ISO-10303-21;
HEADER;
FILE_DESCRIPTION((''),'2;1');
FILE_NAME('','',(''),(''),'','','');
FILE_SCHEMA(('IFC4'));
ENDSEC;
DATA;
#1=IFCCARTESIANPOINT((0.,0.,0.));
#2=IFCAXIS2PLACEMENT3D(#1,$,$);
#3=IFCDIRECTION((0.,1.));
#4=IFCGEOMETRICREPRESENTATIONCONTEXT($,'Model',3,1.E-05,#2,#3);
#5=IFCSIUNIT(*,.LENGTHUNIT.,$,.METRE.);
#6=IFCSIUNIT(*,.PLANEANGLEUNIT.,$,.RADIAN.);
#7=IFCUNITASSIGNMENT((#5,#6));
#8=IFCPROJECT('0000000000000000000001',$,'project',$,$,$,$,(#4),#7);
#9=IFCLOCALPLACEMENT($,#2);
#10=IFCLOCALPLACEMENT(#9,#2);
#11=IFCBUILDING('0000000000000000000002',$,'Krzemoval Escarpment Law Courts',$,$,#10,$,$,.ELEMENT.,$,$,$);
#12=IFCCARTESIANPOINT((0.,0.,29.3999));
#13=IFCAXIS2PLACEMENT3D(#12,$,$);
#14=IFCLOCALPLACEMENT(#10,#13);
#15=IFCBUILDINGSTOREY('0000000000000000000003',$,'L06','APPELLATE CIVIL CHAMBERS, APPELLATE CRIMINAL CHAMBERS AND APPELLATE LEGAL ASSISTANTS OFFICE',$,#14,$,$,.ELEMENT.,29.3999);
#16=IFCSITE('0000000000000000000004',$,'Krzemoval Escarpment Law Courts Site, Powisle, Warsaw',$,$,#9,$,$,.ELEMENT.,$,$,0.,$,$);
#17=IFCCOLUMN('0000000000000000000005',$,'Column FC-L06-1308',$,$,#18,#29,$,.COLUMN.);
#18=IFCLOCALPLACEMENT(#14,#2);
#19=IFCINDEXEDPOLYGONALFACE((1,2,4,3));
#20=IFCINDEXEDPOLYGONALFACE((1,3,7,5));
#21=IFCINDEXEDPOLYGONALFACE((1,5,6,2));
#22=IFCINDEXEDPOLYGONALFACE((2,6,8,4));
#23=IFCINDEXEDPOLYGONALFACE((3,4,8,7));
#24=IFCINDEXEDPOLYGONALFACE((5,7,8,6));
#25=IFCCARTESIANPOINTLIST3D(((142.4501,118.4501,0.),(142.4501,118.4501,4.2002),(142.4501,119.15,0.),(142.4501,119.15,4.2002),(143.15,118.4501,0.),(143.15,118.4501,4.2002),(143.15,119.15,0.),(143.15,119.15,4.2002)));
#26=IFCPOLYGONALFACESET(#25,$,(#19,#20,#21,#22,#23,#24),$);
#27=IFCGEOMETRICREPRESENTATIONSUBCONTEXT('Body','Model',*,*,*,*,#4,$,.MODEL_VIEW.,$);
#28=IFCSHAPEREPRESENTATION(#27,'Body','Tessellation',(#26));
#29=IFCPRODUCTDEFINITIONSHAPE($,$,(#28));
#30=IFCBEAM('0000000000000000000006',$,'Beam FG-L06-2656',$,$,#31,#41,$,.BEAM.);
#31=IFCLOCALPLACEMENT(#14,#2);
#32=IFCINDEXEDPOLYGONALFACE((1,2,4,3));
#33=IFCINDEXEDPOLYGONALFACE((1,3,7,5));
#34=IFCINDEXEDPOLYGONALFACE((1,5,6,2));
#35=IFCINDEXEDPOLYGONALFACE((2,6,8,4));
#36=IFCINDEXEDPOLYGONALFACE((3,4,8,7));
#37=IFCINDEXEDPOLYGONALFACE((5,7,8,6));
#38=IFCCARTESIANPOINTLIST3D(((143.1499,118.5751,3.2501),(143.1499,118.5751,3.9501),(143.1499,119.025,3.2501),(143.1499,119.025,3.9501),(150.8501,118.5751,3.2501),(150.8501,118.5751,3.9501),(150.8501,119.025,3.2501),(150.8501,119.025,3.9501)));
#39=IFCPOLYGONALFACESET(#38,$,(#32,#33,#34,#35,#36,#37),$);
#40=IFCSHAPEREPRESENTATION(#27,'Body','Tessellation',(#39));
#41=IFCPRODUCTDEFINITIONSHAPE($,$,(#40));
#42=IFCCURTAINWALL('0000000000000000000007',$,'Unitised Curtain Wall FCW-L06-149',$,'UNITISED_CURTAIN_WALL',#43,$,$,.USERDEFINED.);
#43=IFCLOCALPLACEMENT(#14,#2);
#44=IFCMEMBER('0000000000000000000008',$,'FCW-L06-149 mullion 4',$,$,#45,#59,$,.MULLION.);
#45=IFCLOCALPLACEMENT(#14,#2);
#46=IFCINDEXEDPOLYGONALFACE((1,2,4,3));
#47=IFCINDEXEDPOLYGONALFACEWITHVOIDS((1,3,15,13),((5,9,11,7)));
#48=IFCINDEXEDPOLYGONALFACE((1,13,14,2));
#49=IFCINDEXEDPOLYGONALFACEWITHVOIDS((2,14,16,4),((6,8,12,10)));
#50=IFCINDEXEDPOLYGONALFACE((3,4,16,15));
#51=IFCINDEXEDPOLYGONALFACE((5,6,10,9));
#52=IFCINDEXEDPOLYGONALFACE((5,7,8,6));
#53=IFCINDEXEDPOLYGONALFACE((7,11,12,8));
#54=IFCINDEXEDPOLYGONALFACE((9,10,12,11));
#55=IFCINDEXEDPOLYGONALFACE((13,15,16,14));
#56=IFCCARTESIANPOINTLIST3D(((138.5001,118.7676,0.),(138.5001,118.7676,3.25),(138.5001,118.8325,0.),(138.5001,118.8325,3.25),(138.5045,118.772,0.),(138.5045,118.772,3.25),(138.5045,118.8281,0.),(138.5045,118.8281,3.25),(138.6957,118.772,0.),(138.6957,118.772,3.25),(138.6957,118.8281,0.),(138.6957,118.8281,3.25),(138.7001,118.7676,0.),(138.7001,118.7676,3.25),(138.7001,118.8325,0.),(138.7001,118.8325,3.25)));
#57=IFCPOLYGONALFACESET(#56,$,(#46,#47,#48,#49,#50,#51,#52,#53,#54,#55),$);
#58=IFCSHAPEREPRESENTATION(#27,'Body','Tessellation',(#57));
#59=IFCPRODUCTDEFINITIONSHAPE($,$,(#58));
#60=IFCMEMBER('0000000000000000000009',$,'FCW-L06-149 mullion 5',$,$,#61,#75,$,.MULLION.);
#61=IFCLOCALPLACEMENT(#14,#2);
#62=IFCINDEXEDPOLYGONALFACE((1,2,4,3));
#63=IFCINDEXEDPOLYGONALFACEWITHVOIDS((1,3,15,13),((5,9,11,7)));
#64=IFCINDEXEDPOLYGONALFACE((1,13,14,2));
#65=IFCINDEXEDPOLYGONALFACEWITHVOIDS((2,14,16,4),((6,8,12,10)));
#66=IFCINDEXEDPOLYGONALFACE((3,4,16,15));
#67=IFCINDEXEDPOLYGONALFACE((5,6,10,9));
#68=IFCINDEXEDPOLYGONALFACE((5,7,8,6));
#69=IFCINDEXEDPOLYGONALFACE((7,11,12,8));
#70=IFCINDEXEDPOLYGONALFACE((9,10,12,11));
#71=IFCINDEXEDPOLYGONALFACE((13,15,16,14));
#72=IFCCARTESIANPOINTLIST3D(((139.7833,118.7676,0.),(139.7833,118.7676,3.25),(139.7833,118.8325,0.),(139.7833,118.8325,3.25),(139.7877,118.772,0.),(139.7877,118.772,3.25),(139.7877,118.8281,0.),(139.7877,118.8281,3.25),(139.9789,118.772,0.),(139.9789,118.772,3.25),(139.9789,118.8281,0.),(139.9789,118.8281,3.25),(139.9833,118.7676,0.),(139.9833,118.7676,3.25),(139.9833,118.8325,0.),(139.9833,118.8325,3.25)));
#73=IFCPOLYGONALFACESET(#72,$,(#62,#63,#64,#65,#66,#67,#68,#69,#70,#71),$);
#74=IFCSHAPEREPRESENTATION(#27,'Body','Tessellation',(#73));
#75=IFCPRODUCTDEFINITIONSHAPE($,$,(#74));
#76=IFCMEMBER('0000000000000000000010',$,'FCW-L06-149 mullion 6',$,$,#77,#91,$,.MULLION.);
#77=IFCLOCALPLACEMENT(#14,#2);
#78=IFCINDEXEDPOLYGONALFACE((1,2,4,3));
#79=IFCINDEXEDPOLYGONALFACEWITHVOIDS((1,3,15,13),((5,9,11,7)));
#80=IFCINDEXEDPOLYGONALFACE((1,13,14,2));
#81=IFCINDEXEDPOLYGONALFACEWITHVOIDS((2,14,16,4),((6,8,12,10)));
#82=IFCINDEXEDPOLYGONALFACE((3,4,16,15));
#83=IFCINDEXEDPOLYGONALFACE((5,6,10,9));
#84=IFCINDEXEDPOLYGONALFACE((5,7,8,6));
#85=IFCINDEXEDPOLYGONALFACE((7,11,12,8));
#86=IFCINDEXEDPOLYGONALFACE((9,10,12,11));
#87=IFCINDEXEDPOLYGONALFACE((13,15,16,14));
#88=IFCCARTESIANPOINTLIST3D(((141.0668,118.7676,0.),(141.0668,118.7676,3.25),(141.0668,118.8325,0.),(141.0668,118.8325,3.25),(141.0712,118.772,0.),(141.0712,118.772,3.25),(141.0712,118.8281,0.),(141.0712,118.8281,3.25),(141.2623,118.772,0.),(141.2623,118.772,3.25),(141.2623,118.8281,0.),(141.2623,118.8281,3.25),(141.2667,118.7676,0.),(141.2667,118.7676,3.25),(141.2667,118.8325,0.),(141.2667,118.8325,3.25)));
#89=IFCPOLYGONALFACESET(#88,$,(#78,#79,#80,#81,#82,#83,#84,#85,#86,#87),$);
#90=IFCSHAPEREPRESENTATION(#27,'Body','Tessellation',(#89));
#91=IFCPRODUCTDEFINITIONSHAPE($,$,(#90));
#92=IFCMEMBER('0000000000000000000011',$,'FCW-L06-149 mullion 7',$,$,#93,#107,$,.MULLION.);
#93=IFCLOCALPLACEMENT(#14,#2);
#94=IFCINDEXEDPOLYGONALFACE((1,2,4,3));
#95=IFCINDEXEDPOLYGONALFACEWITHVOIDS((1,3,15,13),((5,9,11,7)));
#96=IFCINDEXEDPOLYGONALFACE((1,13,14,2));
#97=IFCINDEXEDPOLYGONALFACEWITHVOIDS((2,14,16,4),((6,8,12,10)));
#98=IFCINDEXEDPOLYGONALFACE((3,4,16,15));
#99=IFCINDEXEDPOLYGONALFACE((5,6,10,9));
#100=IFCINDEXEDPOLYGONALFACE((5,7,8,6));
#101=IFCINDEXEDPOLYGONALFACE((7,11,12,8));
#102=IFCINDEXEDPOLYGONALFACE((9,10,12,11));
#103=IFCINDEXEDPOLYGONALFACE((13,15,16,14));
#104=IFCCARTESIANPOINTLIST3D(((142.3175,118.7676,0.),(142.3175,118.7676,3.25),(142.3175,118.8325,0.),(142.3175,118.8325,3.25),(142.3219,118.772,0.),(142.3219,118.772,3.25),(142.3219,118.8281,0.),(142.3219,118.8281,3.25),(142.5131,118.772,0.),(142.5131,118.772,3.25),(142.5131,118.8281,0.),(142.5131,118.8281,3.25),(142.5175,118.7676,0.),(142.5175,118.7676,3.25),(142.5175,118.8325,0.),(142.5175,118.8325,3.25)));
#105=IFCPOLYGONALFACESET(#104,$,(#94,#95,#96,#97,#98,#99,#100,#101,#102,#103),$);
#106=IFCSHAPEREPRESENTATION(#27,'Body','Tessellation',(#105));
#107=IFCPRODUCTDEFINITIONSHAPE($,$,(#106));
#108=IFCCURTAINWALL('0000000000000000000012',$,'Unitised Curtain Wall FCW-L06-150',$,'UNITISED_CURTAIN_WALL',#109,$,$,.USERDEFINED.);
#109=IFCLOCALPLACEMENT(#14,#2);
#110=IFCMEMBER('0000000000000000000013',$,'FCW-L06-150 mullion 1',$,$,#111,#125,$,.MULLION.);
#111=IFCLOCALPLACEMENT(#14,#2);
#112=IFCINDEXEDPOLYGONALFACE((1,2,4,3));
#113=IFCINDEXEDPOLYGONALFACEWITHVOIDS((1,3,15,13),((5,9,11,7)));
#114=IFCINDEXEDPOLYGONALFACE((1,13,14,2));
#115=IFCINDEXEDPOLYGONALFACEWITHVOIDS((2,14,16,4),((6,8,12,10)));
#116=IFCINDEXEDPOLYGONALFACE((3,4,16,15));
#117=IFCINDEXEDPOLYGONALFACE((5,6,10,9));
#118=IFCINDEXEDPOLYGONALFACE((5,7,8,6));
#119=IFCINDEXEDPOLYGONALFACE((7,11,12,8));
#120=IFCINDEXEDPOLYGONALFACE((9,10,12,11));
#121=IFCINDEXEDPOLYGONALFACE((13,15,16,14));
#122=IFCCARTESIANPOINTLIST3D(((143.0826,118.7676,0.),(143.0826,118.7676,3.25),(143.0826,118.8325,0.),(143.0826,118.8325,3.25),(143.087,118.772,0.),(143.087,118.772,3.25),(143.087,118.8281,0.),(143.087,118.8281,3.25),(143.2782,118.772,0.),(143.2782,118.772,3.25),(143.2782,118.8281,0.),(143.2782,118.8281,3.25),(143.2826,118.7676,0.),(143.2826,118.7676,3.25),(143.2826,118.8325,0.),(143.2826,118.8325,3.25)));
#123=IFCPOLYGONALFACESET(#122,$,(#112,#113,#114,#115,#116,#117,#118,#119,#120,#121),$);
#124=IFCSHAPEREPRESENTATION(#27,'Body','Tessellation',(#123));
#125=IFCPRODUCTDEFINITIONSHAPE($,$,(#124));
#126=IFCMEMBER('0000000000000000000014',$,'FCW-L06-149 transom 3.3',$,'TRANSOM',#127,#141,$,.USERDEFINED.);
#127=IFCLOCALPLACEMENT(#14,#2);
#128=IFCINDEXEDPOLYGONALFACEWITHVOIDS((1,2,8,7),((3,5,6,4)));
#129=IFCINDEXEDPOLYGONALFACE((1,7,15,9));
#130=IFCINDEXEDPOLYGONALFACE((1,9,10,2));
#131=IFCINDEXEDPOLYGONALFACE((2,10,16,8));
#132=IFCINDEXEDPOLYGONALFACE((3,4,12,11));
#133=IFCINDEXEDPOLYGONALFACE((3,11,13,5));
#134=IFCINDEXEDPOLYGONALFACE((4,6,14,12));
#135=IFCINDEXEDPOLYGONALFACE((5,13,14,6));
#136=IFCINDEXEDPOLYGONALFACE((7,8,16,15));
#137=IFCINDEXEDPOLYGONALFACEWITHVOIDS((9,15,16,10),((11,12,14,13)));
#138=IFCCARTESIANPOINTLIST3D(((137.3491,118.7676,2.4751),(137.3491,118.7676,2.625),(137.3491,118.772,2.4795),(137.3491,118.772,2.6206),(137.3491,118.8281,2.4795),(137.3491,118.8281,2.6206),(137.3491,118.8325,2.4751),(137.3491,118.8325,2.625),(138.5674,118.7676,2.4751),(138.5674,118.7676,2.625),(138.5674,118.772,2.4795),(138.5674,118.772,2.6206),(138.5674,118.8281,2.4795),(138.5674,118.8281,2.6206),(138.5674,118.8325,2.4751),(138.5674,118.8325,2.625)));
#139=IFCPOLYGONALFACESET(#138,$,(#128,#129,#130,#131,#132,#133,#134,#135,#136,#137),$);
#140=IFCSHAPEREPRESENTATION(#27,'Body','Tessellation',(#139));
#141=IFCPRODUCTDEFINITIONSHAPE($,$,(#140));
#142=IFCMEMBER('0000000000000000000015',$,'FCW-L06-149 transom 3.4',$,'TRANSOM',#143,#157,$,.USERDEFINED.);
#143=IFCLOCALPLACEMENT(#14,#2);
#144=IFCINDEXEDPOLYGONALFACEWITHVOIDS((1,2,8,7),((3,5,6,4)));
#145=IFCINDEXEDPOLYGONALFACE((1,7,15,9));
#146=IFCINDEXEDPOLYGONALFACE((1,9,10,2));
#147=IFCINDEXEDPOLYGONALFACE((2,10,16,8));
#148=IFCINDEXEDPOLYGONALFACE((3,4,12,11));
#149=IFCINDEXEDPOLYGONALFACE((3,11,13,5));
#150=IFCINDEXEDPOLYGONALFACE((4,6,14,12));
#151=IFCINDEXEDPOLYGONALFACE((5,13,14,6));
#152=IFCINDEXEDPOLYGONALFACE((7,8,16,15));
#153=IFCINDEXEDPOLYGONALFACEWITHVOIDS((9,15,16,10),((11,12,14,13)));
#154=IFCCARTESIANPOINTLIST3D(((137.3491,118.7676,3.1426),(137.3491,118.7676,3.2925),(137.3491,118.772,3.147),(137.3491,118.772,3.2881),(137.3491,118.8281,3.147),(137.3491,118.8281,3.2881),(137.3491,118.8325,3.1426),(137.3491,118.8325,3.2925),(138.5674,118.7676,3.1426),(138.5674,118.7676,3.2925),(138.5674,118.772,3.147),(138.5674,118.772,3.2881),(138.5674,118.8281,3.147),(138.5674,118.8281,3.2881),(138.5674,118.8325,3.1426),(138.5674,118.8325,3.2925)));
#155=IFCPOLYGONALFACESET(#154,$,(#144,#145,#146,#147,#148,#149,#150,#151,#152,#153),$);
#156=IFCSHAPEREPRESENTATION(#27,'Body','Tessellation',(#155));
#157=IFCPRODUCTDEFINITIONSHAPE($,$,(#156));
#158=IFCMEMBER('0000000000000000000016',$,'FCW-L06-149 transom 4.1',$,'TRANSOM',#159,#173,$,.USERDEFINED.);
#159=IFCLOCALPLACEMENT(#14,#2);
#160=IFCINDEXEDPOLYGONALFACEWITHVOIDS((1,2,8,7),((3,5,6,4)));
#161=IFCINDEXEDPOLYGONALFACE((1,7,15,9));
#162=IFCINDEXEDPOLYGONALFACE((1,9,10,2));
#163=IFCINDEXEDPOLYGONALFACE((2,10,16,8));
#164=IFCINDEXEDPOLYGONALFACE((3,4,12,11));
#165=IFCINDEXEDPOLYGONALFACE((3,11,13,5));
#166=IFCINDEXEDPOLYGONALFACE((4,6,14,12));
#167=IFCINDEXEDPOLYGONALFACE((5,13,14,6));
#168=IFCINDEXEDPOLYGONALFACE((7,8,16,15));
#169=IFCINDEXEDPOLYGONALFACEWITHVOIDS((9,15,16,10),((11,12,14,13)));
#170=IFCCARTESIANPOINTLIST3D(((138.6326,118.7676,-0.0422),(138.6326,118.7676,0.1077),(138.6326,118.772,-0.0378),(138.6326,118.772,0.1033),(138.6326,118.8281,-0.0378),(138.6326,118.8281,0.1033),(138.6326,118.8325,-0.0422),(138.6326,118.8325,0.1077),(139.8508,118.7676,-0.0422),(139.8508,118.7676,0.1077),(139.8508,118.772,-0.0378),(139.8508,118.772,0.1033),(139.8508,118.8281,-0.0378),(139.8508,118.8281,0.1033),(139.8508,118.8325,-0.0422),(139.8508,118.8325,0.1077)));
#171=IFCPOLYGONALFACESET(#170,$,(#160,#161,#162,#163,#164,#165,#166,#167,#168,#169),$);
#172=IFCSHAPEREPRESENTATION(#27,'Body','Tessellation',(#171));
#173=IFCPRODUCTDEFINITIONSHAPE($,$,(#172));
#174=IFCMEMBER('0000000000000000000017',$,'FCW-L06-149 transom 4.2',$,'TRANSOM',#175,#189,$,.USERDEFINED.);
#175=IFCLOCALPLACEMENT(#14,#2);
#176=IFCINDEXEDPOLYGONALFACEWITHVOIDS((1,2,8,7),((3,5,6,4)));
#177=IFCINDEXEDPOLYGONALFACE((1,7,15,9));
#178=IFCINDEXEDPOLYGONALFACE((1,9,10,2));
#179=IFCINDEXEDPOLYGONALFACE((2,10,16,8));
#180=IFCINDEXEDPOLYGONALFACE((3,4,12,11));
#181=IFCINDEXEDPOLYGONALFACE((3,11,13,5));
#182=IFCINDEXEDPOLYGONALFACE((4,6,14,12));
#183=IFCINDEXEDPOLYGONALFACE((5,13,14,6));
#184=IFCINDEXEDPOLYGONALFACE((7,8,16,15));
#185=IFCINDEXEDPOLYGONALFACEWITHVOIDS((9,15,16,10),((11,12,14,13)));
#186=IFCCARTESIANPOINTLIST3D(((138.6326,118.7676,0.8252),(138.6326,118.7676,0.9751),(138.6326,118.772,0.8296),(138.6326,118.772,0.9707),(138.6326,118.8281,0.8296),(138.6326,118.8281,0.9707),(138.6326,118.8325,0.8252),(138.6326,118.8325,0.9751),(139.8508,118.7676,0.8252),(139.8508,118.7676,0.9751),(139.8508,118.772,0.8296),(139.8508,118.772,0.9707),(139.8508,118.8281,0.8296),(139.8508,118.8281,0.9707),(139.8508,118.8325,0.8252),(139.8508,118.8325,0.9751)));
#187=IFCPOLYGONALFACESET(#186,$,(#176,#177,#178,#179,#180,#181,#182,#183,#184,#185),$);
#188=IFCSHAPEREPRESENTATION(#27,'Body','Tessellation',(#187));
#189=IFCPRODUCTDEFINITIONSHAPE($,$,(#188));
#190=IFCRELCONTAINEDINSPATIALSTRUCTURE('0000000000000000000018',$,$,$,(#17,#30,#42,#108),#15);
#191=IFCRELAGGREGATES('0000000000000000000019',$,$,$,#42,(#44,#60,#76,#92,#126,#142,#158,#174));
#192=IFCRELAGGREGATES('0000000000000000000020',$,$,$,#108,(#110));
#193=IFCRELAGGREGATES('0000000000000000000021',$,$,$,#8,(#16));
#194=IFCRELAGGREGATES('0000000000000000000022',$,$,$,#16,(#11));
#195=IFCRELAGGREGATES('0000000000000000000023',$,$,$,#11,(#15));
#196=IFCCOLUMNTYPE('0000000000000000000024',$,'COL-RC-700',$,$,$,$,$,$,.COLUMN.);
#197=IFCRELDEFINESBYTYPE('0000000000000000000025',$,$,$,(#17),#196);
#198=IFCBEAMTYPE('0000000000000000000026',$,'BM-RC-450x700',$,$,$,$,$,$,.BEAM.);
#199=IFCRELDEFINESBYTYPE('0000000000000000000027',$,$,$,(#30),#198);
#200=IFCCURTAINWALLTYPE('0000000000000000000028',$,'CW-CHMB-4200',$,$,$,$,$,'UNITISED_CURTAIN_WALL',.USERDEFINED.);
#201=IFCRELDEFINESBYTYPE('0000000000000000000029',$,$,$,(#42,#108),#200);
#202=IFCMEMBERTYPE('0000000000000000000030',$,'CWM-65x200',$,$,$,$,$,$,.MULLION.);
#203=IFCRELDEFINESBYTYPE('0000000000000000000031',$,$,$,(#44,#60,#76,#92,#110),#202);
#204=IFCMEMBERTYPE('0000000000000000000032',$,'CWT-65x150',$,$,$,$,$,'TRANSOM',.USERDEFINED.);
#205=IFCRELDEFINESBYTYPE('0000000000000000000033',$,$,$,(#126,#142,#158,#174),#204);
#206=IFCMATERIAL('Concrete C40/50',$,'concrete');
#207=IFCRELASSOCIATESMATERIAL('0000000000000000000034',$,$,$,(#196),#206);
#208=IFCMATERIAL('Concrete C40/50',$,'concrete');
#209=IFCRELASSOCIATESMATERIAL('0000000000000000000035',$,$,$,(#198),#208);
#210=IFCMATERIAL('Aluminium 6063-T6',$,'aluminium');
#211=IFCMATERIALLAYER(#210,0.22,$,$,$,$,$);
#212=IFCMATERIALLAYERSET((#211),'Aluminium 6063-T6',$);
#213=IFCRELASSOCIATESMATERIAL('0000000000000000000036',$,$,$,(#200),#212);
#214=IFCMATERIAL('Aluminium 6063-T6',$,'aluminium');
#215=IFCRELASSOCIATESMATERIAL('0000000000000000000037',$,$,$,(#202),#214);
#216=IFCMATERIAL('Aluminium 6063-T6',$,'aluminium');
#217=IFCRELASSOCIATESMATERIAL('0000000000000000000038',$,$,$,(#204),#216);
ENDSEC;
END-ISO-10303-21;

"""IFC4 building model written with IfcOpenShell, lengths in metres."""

from ifc_helpers import new_model, si_unit, direction, frame, origin, origin_2d, place, context, subcontext, project, spatial, rectangle, hollow_rectangle, extrude, material, layer, layer_set, material_profile, profile_set, type_object, element, aggregate, save


model = new_model("IFC4")

# Units and contexts
model_context = context("Model", 3, precision=1e-05, world=origin(), true_north=direction((0.0, 1.0)))
body_context = subcontext(model_context, "Body", "Model", "MODEL_VIEW")
ifc_project = project(units=[si_unit("LENGTHUNIT", "METRE"), si_unit("PLANEANGLEUNIT", "RADIAN")], contexts=[model_context])

# Site, building, storey
site_placement = place(None, origin())
site = spatial("IfcSite", under=ifc_project, at=site_placement, Name="Krzemoval Escarpment Law Courts Site, Powisle, Warsaw", CompositionType="ELEMENT", RefElevation=0.0)
building_placement = place(site_placement, origin())
building = spatial("IfcBuilding", under=site, at=building_placement, Name="Krzemoval Escarpment Law Courts", CompositionType="ELEMENT")
storey_placement = place(building_placement, frame((0.0, 0.0, 29.3999)))
storey = spatial("IfcBuildingStorey", under=building, at=storey_placement, Name="L06", Description="APPELLATE CIVIL CHAMBERS, APPELLATE CRIMINAL CHAMBERS AND APPELLATE LEGAL ASSISTANTS OFFICE", CompositionType="ELEMENT", Elevation=29.3999)

# Column
ifc_material_1 = material(Name="Concrete C40/50", Category="concrete")
ifc_material_profile_1 = material_profile(ifc_material_1, rectangle(XDim=0.7, YDim=0.7, at=origin_2d()), Name="RC 700x700")
ifc_profile_set_1 = profile_set([ifc_material_profile_1], Name="Concrete C40/50")
column_type = type_object("IfcColumnType", Name="COL-RC-700", PredefinedType="COLUMN", material=ifc_profile_set_1)
column_placement = place(storey_placement, frame((142.8, 118.8, 0.0), z_axis=(0.0, 0.0, 1.0), x_axis=(1.0, 0.0, 0.0)))
element("IfcColumn", 1, at=column_placement, inside=storey, type_object=column_type, Name="Column FC-L06-1308", PredefinedType="COLUMN", context=body_context, shape_type="SweptSolid", body=[
    extrude(rectangle(XDim=0.7, YDim=0.7, at=origin_2d()), origin(), (0.0, 0.0, 1.0), 4.2002),
])

# Beam
ifc_material_2 = material(Name="Concrete C40/50", Category="concrete")
ifc_material_profile_2 = material_profile(ifc_material_2, rectangle(XDim=0.45, YDim=0.7, at=origin_2d()), Name="RCB 450x700")
ifc_profile_set_2 = profile_set([ifc_material_profile_2], Name="Concrete C40/50")
beam_type = type_object("IfcBeamType", Name="BM-RC-450x700", PredefinedType="BEAM", material=ifc_profile_set_2)
beam_placement = place(storey_placement, frame((143.1499, 118.8, 3.6001), z_axis=(1.0, 0.0, 0.0), x_axis=(0.0, 1.0, 0.0)))
element("IfcBeam", 2, at=beam_placement, inside=storey, type_object=beam_type, Name="Beam FG-L06-2656", PredefinedType="BEAM", context=body_context, shape_type="SweptSolid", body=[
    extrude(rectangle(XDim=0.45, YDim=0.7, at=origin_2d()), origin(), (0.0, 0.0, 1.0), 7.7002),
])

# Curtain wall, members
ifc_material_3 = material(Name="Aluminium 6063-T6", Category="aluminium")
ifc_layer_1 = layer(ifc_material_3, 0.22)
ifc_layer_set_1 = layer_set([ifc_layer_1], Name="Aluminium 6063-T6")
curtain_wall_type = type_object("IfcCurtainWallType", Name="CW-CHMB-4200", ElementType="UNITISED_CURTAIN_WALL", PredefinedType="USERDEFINED", material=ifc_layer_set_1)
curtain_wall_1_placement = place(storey_placement, origin())
curtain_wall_1 = element("IfcCurtainWall", 3, at=curtain_wall_1_placement, inside=storey, type_object=curtain_wall_type, Name="Unitised Curtain Wall FCW-L06-149", ObjectType="UNITISED_CURTAIN_WALL", PredefinedType="USERDEFINED")
ifc_material_4 = material(Name="Aluminium 6063-T6", Category="aluminium")
ifc_material_profile_3 = material_profile(ifc_material_4, hollow_rectangle(XDim=0.0649, YDim=0.2, WallThickness=0.0044, at=origin_2d()), Name="ALU M65x200")
ifc_profile_set_3 = profile_set([ifc_material_profile_3], Name="Aluminium 6063-T6")
member_type_1 = type_object("IfcMemberType", Name="CWM-65x200", PredefinedType="MULLION", material=ifc_profile_set_3)
member_1_placement = place(storey_placement, frame((138.6001, 118.8, 0.0), z_axis=(0.0, 0.0, 1.0), x_axis=(0.0, 1.0, 0.0)))
member_1 = element("IfcMember", 4, at=member_1_placement, type_object=member_type_1, Name="FCW-L06-149 mullion 4", PredefinedType="MULLION", context=body_context, shape_type="SweptSolid", body=[
    extrude(hollow_rectangle(XDim=0.0649, YDim=0.2, WallThickness=0.0044, at=origin_2d()), origin(), (0.0, 0.0, 1.0), 3.25),
])
member_2_placement = place(storey_placement, frame((139.8833, 118.8, 0.0), z_axis=(0.0, 0.0, 1.0), x_axis=(0.0, 1.0, 0.0)))
member_2 = element("IfcMember", 5, at=member_2_placement, type_object=member_type_1, Name="FCW-L06-149 mullion 5", PredefinedType="MULLION", context=body_context, shape_type="SweptSolid", body=[
    extrude(hollow_rectangle(XDim=0.0649, YDim=0.2, WallThickness=0.0044, at=origin_2d()), origin(), (0.0, 0.0, 1.0), 3.25),
])
member_3_placement = place(storey_placement, frame((141.1667, 118.8, 0.0), z_axis=(0.0, 0.0, 1.0), x_axis=(0.0, 1.0, 0.0)))
member_3 = element("IfcMember", 6, at=member_3_placement, type_object=member_type_1, Name="FCW-L06-149 mullion 6", PredefinedType="MULLION", context=body_context, shape_type="SweptSolid", body=[
    extrude(hollow_rectangle(XDim=0.0649, YDim=0.2, WallThickness=0.0044, at=origin_2d()), origin(), (0.0, 0.0, 1.0), 3.25),
])
member_4_placement = place(storey_placement, frame((142.4175, 118.8, 0.0), z_axis=(0.0, 0.0, 1.0), x_axis=(0.0, 1.0, 0.0)))
member_4 = element("IfcMember", 7, at=member_4_placement, type_object=member_type_1, Name="FCW-L06-149 mullion 7", PredefinedType="MULLION", context=body_context, shape_type="SweptSolid", body=[
    extrude(hollow_rectangle(XDim=0.0649, YDim=0.2, WallThickness=0.0044, at=origin_2d()), origin(), (0.0, 0.0, 1.0), 3.25),
])

# Curtain wall, member
curtain_wall_2_placement = place(storey_placement, origin())
curtain_wall_2 = element("IfcCurtainWall", 8, at=curtain_wall_2_placement, inside=storey, type_object=curtain_wall_type, Name="Unitised Curtain Wall FCW-L06-150", ObjectType="UNITISED_CURTAIN_WALL", PredefinedType="USERDEFINED")
member_5_placement = place(storey_placement, frame((143.1826, 118.8, 0.0), z_axis=(0.0, 0.0, 1.0), x_axis=(0.0, 1.0, 0.0)))
member_5 = element("IfcMember", 9, at=member_5_placement, type_object=member_type_1, Name="FCW-L06-150 mullion 1", PredefinedType="MULLION", context=body_context, shape_type="SweptSolid", body=[
    extrude(hollow_rectangle(XDim=0.0649, YDim=0.2, WallThickness=0.0044, at=origin_2d()), origin(), (0.0, 0.0, 1.0), 3.25),
])

# Members
ifc_material_5 = material(Name="Aluminium 6063-T6", Category="aluminium")
ifc_material_profile_4 = material_profile(ifc_material_5, hollow_rectangle(XDim=0.0649, YDim=0.1499, WallThickness=0.0044, at=origin_2d()), Name="ALU T65x150")
ifc_profile_set_4 = profile_set([ifc_material_profile_4], Name="Aluminium 6063-T6")
member_type_2 = type_object("IfcMemberType", Name="CWT-65x150", ElementType="TRANSOM", PredefinedType="USERDEFINED", material=ifc_profile_set_4)
member_6_placement = place(storey_placement, frame((137.3491, 118.8, 2.55), z_axis=(1.0, 0.0, 0.0), x_axis=(0.0, 1.0, 0.0)))
member_6 = element("IfcMember", 10, at=member_6_placement, type_object=member_type_2, Name="FCW-L06-149 transom 3.3", ObjectType="TRANSOM", PredefinedType="USERDEFINED", context=body_context, shape_type="SweptSolid", body=[
    extrude(hollow_rectangle(XDim=0.0649, YDim=0.1499, WallThickness=0.0044, at=origin_2d()), origin(), (0.0, 0.0, 1.0), 1.2183),
])
member_7_placement = place(storey_placement, frame((137.3491, 118.8, 3.2175), z_axis=(1.0, 0.0, 0.0), x_axis=(0.0, 1.0, 0.0)))
member_7 = element("IfcMember", 11, at=member_7_placement, type_object=member_type_2, Name="FCW-L06-149 transom 3.4", ObjectType="TRANSOM", PredefinedType="USERDEFINED", context=body_context, shape_type="SweptSolid", body=[
    extrude(hollow_rectangle(XDim=0.0649, YDim=0.1499, WallThickness=0.0044, at=origin_2d()), origin(), (0.0, 0.0, 1.0), 1.2183),
])
member_8_placement = place(storey_placement, frame((138.6326, 118.8, 0.0327), z_axis=(1.0, 0.0, 0.0), x_axis=(0.0, 1.0, 0.0)))
member_8 = element("IfcMember", 12, at=member_8_placement, type_object=member_type_2, Name="FCW-L06-149 transom 4.1", ObjectType="TRANSOM", PredefinedType="USERDEFINED", context=body_context, shape_type="SweptSolid", body=[
    extrude(hollow_rectangle(XDim=0.0649, YDim=0.1499, WallThickness=0.0044, at=origin_2d()), origin(), (0.0, 0.0, 1.0), 1.2183),
])
member_9_placement = place(storey_placement, frame((138.6326, 118.8, 0.9001), z_axis=(1.0, 0.0, 0.0), x_axis=(0.0, 1.0, 0.0)))
member_9 = element("IfcMember", 13, at=member_9_placement, type_object=member_type_2, Name="FCW-L06-149 transom 4.2", ObjectType="TRANSOM", PredefinedType="USERDEFINED", context=body_context, shape_type="SweptSolid", body=[
    extrude(hollow_rectangle(XDim=0.0649, YDim=0.1499, WallThickness=0.0044, at=origin_2d()), origin(), (0.0, 0.0, 1.0), 1.2183),
])

aggregate(curtain_wall_1, [member_1, member_2, member_3, member_4, member_6, member_7, member_8, member_9])
aggregate(curtain_wall_2, [member_5])

save(model, "model.ifc")
